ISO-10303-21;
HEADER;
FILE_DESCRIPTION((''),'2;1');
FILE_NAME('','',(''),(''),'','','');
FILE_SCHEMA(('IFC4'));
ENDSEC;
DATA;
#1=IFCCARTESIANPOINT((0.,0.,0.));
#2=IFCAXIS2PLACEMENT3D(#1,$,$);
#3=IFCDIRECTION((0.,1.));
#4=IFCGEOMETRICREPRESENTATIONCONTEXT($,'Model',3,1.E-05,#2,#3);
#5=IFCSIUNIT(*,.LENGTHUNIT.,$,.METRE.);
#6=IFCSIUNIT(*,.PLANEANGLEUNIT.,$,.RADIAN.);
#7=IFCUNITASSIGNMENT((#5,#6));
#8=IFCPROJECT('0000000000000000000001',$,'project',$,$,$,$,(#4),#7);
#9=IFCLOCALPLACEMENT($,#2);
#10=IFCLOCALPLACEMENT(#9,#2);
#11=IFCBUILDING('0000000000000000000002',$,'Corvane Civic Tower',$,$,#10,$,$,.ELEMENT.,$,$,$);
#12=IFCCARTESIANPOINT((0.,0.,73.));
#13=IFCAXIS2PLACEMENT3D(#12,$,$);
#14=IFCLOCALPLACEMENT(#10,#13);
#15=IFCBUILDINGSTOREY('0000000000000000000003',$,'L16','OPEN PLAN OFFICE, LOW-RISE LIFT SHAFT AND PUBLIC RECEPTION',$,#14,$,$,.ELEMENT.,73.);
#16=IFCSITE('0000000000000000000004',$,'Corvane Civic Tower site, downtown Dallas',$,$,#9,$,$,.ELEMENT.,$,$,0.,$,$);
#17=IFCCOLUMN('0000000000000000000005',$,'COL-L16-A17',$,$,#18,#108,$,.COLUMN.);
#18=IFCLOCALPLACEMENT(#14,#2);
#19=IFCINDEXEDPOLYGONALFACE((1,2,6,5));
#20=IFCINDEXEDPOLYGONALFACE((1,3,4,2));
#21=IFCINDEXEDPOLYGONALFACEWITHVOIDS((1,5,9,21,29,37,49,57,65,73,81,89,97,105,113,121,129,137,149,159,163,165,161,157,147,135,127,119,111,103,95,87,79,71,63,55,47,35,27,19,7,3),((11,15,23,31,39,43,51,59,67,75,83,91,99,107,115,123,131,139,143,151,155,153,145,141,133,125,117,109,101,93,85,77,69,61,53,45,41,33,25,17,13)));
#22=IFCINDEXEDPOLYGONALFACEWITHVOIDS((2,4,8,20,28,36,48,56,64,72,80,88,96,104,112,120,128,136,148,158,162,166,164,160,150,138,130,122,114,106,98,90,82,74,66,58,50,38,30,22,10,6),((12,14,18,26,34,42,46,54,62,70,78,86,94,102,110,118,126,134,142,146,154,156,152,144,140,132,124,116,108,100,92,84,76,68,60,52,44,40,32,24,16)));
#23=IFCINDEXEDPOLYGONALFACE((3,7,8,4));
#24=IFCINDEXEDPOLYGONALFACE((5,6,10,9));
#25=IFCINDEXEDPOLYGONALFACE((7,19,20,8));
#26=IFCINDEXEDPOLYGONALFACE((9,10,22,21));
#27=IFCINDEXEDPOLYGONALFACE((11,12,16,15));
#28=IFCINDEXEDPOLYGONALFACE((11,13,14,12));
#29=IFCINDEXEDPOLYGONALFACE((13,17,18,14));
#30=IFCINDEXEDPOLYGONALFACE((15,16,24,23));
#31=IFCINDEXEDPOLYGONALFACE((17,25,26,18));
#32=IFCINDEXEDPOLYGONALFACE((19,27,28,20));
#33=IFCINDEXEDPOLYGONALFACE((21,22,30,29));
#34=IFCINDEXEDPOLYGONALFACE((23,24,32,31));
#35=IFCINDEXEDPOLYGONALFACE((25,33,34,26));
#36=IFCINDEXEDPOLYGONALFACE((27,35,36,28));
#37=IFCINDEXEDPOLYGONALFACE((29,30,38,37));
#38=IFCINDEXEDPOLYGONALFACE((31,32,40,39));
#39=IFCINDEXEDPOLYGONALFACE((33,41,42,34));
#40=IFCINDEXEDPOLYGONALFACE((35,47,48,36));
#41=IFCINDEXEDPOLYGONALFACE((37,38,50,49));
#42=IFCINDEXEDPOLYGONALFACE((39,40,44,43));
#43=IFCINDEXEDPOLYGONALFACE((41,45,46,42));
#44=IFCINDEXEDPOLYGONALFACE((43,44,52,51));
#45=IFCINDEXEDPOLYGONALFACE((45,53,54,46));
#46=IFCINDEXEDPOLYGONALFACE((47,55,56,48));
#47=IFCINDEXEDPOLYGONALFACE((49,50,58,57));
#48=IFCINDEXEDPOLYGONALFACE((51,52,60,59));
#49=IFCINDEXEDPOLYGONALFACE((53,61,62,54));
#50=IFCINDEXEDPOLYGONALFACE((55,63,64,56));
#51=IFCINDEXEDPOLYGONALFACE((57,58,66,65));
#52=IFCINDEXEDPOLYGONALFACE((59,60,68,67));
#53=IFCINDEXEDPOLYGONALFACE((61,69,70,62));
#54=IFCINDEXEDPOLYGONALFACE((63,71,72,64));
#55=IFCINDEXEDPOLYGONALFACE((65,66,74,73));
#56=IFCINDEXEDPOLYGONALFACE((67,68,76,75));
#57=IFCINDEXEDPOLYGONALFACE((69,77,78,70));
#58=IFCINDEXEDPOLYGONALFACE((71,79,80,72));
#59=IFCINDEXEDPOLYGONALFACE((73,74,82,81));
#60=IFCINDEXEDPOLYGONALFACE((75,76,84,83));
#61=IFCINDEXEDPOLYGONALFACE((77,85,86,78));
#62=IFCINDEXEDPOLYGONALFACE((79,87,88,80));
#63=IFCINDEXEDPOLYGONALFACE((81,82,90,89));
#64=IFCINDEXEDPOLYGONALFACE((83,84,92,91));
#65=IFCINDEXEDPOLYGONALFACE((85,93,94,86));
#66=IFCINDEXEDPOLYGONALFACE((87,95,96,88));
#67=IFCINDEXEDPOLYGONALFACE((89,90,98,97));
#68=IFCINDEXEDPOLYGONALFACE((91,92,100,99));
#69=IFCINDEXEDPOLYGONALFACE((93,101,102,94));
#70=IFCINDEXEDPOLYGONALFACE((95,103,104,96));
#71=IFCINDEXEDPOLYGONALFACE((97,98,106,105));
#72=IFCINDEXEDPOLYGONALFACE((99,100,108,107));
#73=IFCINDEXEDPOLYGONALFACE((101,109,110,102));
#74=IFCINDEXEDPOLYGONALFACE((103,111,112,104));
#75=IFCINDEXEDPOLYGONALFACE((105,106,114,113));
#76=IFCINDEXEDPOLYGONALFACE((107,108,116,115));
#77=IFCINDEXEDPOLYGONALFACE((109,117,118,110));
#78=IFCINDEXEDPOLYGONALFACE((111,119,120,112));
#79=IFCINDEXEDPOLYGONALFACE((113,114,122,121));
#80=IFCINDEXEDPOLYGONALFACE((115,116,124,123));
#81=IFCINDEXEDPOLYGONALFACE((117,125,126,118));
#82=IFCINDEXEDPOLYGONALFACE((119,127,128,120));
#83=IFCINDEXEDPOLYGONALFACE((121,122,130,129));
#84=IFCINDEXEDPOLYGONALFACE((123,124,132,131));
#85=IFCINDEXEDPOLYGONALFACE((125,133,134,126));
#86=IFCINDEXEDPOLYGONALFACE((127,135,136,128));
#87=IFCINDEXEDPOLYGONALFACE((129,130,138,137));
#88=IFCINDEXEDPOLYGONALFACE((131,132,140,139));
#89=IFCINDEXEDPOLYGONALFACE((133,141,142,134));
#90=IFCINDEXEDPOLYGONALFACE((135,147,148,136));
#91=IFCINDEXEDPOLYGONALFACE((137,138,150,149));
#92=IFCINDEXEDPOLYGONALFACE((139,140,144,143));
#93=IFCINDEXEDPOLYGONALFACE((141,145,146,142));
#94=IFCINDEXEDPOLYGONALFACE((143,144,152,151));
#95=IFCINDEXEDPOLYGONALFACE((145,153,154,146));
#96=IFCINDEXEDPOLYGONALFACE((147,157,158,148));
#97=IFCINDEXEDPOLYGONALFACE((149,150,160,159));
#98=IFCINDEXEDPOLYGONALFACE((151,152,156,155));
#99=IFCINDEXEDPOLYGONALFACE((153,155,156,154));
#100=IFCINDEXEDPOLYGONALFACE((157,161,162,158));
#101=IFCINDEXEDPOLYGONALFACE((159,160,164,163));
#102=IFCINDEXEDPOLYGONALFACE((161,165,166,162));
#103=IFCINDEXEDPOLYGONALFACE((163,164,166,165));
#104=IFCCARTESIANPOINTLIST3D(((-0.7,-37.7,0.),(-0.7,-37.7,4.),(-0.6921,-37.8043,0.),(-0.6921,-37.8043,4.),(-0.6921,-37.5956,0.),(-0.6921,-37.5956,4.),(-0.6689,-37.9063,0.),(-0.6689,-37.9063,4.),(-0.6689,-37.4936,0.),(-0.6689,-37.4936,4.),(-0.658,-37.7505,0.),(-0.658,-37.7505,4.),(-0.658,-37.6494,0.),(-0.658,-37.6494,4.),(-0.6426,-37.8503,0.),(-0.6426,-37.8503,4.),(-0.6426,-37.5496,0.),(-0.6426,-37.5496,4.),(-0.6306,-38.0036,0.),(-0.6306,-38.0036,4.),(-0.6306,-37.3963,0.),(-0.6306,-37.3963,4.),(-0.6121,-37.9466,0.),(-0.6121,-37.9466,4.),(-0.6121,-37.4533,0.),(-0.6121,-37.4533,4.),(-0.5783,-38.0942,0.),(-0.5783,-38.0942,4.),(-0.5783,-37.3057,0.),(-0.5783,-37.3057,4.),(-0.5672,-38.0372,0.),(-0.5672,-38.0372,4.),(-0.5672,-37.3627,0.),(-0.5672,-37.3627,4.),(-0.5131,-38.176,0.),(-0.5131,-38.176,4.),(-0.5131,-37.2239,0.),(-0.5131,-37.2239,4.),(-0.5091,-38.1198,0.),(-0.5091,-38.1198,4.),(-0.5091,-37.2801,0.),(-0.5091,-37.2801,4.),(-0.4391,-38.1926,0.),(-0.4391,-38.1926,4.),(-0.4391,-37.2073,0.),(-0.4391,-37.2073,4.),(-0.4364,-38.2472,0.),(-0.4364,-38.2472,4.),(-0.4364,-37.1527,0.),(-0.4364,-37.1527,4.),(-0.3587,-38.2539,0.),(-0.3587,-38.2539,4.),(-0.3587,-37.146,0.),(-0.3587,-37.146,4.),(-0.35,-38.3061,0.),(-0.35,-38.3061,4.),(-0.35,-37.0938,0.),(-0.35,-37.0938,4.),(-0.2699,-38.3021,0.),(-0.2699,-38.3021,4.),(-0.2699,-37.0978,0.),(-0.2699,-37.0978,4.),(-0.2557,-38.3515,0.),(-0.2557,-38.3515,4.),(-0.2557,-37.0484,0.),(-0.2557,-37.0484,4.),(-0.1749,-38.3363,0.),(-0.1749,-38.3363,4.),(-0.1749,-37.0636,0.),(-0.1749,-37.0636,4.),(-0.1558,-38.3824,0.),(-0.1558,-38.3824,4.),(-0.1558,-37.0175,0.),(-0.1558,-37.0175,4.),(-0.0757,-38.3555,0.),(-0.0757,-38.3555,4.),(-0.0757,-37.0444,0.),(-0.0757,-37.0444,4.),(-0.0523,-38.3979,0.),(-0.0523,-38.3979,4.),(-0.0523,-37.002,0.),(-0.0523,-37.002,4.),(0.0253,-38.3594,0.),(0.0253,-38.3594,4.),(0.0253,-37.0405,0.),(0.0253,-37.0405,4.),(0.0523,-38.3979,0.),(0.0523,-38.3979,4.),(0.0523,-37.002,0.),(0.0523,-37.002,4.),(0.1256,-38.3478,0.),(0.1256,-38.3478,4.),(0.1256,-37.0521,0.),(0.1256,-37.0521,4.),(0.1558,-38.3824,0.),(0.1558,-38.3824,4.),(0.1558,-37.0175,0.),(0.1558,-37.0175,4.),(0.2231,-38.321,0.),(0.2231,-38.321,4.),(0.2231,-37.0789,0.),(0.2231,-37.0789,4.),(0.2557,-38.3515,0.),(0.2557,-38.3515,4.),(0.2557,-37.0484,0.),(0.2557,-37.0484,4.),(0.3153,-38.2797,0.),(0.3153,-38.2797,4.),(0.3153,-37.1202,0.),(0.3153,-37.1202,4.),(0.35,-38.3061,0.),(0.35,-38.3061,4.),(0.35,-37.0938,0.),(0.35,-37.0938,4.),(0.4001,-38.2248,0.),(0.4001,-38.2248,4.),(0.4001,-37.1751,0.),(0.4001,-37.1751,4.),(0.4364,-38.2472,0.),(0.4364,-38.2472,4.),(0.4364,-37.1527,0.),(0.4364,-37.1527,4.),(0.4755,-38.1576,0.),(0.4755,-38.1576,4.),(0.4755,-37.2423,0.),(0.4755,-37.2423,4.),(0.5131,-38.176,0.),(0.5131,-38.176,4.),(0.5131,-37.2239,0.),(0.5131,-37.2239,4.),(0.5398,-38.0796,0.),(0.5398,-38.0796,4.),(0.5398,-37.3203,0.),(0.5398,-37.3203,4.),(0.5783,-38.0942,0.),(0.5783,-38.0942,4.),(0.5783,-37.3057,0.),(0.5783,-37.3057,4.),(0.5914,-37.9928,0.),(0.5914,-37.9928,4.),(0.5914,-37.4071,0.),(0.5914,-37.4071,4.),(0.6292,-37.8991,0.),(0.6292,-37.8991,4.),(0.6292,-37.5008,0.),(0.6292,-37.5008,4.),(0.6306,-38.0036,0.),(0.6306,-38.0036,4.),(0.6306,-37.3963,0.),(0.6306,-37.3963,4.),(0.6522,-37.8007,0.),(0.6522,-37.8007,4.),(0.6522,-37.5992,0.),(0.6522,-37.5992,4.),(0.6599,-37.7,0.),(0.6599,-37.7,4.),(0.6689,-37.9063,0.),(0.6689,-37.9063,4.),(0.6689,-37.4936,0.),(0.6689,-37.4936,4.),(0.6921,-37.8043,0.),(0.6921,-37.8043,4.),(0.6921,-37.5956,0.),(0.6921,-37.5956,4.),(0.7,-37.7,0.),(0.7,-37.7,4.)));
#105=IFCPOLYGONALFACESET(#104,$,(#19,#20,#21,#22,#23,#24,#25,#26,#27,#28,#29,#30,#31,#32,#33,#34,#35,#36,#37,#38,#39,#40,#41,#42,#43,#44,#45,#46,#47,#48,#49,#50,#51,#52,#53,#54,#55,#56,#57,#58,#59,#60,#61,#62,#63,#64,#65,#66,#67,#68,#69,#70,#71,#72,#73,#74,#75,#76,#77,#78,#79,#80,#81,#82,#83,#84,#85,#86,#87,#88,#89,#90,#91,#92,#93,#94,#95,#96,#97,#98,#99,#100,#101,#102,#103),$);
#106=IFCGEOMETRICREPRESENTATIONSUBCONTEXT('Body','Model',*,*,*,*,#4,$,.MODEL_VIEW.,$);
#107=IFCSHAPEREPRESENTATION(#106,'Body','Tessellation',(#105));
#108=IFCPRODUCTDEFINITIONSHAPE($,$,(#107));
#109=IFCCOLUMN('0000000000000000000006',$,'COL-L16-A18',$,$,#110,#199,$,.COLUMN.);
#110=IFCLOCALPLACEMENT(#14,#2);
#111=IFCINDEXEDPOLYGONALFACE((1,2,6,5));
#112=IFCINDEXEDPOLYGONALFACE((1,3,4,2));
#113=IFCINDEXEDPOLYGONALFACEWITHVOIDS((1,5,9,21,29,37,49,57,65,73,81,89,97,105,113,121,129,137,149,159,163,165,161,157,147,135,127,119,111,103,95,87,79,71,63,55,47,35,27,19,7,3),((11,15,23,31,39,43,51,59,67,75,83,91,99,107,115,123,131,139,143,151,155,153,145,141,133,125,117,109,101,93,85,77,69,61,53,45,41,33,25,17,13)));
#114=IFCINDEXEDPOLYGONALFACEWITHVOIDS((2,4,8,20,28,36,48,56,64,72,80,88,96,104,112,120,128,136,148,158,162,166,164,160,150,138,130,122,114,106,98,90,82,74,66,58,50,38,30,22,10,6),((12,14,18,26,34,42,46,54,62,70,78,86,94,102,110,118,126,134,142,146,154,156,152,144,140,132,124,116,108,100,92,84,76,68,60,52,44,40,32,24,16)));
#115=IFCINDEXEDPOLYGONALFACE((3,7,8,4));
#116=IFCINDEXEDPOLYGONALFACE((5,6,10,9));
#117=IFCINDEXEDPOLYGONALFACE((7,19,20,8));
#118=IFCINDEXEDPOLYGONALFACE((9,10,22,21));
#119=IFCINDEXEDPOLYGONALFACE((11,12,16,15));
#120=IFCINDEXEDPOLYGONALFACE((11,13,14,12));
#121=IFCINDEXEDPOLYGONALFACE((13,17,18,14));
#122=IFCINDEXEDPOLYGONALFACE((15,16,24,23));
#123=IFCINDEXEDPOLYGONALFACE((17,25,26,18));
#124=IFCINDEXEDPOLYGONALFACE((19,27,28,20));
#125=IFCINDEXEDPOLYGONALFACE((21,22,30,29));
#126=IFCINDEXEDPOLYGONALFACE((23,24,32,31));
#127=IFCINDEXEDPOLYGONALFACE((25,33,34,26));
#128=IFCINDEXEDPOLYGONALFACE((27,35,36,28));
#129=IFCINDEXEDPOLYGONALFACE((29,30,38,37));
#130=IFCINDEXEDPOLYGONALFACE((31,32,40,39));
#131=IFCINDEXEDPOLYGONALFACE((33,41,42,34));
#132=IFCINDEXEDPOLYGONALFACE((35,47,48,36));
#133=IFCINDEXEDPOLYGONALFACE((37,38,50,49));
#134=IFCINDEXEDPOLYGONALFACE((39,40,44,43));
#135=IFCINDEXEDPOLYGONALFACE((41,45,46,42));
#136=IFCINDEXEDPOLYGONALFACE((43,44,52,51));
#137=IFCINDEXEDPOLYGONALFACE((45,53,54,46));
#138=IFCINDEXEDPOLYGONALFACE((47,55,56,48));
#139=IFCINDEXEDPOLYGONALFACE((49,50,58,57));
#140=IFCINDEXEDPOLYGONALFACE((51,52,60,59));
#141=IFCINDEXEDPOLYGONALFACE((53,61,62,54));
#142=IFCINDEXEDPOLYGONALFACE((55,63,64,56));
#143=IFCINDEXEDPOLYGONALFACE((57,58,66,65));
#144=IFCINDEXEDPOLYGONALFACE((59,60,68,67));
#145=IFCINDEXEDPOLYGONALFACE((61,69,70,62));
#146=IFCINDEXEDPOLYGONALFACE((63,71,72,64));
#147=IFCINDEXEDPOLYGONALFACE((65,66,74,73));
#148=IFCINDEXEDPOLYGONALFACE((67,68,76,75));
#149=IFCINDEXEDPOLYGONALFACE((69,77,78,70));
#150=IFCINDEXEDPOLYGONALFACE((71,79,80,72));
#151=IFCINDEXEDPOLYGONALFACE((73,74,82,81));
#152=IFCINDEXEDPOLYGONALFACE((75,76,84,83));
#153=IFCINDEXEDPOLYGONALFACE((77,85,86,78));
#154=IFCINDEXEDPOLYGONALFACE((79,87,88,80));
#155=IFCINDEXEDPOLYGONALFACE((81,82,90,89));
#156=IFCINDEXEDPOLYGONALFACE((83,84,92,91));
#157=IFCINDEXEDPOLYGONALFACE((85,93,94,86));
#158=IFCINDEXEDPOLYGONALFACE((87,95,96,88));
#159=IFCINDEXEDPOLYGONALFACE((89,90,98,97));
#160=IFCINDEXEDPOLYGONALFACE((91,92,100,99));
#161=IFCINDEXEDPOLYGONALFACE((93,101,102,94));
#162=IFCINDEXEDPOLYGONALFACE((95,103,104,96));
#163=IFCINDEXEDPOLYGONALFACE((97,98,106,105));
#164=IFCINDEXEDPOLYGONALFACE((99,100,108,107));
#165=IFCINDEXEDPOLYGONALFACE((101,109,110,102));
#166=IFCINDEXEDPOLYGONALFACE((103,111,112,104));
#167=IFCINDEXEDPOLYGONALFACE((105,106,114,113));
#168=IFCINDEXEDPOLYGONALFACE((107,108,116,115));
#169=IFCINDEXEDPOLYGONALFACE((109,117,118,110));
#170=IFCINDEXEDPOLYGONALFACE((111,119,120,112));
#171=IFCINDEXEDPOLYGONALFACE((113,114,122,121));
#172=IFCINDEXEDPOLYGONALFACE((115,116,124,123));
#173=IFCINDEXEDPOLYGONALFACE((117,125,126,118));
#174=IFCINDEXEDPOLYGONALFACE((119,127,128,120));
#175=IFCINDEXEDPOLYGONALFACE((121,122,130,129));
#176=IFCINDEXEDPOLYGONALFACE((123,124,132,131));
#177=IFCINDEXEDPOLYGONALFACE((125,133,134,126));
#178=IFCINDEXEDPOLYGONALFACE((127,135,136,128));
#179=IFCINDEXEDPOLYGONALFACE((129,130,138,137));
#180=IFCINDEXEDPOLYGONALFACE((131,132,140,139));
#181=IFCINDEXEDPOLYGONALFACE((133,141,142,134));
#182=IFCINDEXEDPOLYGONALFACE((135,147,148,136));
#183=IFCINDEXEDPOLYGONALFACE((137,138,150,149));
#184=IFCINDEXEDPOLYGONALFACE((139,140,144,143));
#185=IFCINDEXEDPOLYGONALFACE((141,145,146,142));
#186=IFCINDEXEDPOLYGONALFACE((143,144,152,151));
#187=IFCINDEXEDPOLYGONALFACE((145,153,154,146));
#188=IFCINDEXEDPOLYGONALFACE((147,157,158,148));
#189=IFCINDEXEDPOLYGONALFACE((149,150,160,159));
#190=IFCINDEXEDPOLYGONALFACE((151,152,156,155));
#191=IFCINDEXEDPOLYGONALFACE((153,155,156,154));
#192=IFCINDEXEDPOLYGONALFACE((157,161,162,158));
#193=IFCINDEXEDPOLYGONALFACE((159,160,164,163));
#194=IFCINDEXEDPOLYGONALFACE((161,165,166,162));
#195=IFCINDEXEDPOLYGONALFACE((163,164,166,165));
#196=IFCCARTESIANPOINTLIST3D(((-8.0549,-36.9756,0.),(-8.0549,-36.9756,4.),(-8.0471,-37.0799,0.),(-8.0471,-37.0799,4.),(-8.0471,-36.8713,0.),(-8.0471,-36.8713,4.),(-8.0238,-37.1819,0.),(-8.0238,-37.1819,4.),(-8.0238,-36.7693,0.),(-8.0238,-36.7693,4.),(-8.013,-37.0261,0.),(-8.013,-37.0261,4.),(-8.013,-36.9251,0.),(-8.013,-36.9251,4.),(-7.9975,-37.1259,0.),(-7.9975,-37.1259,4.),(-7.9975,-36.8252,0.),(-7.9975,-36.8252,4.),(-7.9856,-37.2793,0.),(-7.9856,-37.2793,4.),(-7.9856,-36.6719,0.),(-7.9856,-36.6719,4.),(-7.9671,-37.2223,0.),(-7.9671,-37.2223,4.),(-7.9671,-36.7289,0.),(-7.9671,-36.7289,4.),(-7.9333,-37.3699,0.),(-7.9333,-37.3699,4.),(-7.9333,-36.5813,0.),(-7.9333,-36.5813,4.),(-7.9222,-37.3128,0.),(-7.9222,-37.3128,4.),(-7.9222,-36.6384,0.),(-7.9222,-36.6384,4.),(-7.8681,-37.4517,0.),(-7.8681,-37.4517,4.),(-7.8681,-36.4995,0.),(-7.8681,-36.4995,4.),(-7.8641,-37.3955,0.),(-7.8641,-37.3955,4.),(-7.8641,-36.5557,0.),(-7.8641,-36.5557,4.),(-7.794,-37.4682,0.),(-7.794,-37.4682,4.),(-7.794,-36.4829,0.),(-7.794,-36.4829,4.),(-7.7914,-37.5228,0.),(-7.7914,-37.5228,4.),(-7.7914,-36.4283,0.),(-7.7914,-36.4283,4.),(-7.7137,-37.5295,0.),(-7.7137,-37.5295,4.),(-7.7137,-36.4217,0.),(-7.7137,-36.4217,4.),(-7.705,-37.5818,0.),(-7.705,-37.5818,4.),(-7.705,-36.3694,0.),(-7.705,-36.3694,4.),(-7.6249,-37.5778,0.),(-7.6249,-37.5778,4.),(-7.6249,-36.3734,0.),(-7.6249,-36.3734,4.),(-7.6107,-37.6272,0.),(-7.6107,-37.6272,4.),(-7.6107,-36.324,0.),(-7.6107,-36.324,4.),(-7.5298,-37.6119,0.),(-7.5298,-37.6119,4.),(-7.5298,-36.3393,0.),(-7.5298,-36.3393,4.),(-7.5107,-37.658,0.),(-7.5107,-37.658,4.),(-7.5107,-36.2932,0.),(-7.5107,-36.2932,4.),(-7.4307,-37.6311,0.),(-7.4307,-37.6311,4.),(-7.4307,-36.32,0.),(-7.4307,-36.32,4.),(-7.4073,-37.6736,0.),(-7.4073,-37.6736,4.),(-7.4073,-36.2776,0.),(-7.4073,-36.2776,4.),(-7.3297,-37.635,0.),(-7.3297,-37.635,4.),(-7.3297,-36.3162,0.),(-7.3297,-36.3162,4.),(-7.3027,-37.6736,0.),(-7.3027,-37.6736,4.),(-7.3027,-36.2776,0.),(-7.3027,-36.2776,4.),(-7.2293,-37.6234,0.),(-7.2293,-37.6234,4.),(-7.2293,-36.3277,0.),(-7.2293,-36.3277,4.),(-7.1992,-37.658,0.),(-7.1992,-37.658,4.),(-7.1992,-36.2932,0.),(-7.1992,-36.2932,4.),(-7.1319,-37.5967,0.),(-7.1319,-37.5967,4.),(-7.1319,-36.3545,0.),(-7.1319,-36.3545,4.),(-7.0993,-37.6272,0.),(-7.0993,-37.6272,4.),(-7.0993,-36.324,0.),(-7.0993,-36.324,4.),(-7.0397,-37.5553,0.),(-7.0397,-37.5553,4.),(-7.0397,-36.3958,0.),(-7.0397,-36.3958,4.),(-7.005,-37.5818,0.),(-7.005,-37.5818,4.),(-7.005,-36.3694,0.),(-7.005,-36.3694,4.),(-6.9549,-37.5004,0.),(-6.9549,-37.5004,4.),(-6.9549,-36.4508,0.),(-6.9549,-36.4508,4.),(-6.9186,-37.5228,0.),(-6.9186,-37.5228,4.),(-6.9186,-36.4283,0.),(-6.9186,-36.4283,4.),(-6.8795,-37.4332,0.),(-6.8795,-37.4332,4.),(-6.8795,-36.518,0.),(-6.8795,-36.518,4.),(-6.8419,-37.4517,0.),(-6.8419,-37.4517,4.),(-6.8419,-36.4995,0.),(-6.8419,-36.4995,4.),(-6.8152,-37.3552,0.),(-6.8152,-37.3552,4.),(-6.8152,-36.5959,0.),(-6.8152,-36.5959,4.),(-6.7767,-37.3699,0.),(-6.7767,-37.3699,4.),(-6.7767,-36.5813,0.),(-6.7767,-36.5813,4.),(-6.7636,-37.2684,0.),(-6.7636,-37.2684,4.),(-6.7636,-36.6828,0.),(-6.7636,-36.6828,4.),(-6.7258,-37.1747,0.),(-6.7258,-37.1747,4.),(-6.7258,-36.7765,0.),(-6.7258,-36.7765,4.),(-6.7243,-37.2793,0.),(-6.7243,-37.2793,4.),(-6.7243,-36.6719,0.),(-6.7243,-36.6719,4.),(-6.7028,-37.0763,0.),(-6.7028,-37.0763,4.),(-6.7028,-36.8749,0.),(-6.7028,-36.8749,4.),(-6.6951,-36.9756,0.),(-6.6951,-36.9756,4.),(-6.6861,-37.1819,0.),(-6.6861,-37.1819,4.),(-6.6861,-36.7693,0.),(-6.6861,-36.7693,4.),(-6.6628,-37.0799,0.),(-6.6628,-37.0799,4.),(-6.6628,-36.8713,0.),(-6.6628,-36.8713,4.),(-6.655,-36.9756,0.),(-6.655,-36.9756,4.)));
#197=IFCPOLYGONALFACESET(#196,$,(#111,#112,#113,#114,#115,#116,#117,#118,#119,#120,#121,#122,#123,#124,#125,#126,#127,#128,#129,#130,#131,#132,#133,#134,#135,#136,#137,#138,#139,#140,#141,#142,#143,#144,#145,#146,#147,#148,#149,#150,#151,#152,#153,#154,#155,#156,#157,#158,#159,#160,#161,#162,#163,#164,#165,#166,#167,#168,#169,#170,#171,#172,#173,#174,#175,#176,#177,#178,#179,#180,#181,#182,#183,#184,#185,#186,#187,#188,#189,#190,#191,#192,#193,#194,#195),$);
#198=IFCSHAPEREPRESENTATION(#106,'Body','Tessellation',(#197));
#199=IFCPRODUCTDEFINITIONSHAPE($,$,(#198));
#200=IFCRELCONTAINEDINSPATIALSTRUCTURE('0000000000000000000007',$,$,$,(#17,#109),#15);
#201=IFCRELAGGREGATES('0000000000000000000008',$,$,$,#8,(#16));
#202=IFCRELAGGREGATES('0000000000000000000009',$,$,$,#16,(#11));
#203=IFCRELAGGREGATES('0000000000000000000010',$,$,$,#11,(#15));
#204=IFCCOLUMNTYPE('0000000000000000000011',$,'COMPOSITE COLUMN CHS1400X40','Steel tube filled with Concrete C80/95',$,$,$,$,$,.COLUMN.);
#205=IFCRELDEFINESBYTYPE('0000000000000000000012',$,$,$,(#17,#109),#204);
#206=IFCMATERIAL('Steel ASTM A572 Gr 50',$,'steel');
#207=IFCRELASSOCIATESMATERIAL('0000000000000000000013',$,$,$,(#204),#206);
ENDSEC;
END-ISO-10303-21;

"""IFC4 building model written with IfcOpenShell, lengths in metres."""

from ifc_helpers import new_model, si_unit, direction, frame, origin, origin_2d, place, context, subcontext, project, spatial, hollow_circle, extrude, material, material_profile, profile_set, type_object, element, save


model = new_model("IFC4")

# Units and contexts
model_context = context("Model", 3, precision=1e-05, world=origin(), true_north=direction((0.0, 1.0)))
body_context = subcontext(model_context, "Body", "Model", "MODEL_VIEW")
ifc_project = project(units=[si_unit("LENGTHUNIT", "METRE"), si_unit("PLANEANGLEUNIT", "RADIAN")], contexts=[model_context])

# Site, building, storey
site_placement = place(None, origin())
site = spatial("IfcSite", under=ifc_project, at=site_placement, Name="Corvane Civic Tower site, downtown Dallas", CompositionType="ELEMENT", RefElevation=0.0)
building_placement = place(site_placement, origin())
building = spatial("IfcBuilding", under=site, at=building_placement, Name="Corvane Civic Tower", CompositionType="ELEMENT")
storey_placement = place(building_placement, frame((0.0, 0.0, 73.0)))
storey = spatial("IfcBuildingStorey", under=building, at=storey_placement, Name="L16", Description="OPEN PLAN OFFICE, LOW-RISE LIFT SHAFT AND PUBLIC RECEPTION", CompositionType="ELEMENT", Elevation=73.0)

# Columns
ifc_material_1 = material(Name="Steel ASTM A572 Gr 50", Category="steel")
ifc_material_profile_1 = material_profile(ifc_material_1, hollow_circle(Radius=0.7, WallThickness=0.04, at=origin_2d()), Name="CHS1400X40")
ifc_profile_set_1 = profile_set([ifc_material_profile_1], Name="Steel ASTM A572 Gr 50")
column_type = type_object("IfcColumnType", Name="COMPOSITE COLUMN CHS1400X40", Description="Steel tube filled with Concrete C80/95", PredefinedType="COLUMN", material=ifc_profile_set_1)
for number, where, z_axis, x_axis, name in (
    (1, (0.0, -37.7, 0.0), (0.0, 0.0, 1.0), (1.0, 0.0, 0.0), "COL-L16-A17"),
    (2, (-7.355, -36.9756, 0.0), (0.0, 0.0, 1.0), (1.0, 0.0, 0.0), "COL-L16-A18"),
):
    element("IfcColumn", number, at=place(storey_placement, frame(where, z_axis=z_axis, x_axis=x_axis)), inside=storey, type_object=column_type, Name=name, PredefinedType="COLUMN", context=body_context, shape_type="SweptSolid", body=[
        extrude(hollow_circle(Radius=0.7, WallThickness=0.04, at=origin_2d()), origin(), (0.0, 0.0, 1.0), 4.0),
    ])

save(model, "model.ifc")
